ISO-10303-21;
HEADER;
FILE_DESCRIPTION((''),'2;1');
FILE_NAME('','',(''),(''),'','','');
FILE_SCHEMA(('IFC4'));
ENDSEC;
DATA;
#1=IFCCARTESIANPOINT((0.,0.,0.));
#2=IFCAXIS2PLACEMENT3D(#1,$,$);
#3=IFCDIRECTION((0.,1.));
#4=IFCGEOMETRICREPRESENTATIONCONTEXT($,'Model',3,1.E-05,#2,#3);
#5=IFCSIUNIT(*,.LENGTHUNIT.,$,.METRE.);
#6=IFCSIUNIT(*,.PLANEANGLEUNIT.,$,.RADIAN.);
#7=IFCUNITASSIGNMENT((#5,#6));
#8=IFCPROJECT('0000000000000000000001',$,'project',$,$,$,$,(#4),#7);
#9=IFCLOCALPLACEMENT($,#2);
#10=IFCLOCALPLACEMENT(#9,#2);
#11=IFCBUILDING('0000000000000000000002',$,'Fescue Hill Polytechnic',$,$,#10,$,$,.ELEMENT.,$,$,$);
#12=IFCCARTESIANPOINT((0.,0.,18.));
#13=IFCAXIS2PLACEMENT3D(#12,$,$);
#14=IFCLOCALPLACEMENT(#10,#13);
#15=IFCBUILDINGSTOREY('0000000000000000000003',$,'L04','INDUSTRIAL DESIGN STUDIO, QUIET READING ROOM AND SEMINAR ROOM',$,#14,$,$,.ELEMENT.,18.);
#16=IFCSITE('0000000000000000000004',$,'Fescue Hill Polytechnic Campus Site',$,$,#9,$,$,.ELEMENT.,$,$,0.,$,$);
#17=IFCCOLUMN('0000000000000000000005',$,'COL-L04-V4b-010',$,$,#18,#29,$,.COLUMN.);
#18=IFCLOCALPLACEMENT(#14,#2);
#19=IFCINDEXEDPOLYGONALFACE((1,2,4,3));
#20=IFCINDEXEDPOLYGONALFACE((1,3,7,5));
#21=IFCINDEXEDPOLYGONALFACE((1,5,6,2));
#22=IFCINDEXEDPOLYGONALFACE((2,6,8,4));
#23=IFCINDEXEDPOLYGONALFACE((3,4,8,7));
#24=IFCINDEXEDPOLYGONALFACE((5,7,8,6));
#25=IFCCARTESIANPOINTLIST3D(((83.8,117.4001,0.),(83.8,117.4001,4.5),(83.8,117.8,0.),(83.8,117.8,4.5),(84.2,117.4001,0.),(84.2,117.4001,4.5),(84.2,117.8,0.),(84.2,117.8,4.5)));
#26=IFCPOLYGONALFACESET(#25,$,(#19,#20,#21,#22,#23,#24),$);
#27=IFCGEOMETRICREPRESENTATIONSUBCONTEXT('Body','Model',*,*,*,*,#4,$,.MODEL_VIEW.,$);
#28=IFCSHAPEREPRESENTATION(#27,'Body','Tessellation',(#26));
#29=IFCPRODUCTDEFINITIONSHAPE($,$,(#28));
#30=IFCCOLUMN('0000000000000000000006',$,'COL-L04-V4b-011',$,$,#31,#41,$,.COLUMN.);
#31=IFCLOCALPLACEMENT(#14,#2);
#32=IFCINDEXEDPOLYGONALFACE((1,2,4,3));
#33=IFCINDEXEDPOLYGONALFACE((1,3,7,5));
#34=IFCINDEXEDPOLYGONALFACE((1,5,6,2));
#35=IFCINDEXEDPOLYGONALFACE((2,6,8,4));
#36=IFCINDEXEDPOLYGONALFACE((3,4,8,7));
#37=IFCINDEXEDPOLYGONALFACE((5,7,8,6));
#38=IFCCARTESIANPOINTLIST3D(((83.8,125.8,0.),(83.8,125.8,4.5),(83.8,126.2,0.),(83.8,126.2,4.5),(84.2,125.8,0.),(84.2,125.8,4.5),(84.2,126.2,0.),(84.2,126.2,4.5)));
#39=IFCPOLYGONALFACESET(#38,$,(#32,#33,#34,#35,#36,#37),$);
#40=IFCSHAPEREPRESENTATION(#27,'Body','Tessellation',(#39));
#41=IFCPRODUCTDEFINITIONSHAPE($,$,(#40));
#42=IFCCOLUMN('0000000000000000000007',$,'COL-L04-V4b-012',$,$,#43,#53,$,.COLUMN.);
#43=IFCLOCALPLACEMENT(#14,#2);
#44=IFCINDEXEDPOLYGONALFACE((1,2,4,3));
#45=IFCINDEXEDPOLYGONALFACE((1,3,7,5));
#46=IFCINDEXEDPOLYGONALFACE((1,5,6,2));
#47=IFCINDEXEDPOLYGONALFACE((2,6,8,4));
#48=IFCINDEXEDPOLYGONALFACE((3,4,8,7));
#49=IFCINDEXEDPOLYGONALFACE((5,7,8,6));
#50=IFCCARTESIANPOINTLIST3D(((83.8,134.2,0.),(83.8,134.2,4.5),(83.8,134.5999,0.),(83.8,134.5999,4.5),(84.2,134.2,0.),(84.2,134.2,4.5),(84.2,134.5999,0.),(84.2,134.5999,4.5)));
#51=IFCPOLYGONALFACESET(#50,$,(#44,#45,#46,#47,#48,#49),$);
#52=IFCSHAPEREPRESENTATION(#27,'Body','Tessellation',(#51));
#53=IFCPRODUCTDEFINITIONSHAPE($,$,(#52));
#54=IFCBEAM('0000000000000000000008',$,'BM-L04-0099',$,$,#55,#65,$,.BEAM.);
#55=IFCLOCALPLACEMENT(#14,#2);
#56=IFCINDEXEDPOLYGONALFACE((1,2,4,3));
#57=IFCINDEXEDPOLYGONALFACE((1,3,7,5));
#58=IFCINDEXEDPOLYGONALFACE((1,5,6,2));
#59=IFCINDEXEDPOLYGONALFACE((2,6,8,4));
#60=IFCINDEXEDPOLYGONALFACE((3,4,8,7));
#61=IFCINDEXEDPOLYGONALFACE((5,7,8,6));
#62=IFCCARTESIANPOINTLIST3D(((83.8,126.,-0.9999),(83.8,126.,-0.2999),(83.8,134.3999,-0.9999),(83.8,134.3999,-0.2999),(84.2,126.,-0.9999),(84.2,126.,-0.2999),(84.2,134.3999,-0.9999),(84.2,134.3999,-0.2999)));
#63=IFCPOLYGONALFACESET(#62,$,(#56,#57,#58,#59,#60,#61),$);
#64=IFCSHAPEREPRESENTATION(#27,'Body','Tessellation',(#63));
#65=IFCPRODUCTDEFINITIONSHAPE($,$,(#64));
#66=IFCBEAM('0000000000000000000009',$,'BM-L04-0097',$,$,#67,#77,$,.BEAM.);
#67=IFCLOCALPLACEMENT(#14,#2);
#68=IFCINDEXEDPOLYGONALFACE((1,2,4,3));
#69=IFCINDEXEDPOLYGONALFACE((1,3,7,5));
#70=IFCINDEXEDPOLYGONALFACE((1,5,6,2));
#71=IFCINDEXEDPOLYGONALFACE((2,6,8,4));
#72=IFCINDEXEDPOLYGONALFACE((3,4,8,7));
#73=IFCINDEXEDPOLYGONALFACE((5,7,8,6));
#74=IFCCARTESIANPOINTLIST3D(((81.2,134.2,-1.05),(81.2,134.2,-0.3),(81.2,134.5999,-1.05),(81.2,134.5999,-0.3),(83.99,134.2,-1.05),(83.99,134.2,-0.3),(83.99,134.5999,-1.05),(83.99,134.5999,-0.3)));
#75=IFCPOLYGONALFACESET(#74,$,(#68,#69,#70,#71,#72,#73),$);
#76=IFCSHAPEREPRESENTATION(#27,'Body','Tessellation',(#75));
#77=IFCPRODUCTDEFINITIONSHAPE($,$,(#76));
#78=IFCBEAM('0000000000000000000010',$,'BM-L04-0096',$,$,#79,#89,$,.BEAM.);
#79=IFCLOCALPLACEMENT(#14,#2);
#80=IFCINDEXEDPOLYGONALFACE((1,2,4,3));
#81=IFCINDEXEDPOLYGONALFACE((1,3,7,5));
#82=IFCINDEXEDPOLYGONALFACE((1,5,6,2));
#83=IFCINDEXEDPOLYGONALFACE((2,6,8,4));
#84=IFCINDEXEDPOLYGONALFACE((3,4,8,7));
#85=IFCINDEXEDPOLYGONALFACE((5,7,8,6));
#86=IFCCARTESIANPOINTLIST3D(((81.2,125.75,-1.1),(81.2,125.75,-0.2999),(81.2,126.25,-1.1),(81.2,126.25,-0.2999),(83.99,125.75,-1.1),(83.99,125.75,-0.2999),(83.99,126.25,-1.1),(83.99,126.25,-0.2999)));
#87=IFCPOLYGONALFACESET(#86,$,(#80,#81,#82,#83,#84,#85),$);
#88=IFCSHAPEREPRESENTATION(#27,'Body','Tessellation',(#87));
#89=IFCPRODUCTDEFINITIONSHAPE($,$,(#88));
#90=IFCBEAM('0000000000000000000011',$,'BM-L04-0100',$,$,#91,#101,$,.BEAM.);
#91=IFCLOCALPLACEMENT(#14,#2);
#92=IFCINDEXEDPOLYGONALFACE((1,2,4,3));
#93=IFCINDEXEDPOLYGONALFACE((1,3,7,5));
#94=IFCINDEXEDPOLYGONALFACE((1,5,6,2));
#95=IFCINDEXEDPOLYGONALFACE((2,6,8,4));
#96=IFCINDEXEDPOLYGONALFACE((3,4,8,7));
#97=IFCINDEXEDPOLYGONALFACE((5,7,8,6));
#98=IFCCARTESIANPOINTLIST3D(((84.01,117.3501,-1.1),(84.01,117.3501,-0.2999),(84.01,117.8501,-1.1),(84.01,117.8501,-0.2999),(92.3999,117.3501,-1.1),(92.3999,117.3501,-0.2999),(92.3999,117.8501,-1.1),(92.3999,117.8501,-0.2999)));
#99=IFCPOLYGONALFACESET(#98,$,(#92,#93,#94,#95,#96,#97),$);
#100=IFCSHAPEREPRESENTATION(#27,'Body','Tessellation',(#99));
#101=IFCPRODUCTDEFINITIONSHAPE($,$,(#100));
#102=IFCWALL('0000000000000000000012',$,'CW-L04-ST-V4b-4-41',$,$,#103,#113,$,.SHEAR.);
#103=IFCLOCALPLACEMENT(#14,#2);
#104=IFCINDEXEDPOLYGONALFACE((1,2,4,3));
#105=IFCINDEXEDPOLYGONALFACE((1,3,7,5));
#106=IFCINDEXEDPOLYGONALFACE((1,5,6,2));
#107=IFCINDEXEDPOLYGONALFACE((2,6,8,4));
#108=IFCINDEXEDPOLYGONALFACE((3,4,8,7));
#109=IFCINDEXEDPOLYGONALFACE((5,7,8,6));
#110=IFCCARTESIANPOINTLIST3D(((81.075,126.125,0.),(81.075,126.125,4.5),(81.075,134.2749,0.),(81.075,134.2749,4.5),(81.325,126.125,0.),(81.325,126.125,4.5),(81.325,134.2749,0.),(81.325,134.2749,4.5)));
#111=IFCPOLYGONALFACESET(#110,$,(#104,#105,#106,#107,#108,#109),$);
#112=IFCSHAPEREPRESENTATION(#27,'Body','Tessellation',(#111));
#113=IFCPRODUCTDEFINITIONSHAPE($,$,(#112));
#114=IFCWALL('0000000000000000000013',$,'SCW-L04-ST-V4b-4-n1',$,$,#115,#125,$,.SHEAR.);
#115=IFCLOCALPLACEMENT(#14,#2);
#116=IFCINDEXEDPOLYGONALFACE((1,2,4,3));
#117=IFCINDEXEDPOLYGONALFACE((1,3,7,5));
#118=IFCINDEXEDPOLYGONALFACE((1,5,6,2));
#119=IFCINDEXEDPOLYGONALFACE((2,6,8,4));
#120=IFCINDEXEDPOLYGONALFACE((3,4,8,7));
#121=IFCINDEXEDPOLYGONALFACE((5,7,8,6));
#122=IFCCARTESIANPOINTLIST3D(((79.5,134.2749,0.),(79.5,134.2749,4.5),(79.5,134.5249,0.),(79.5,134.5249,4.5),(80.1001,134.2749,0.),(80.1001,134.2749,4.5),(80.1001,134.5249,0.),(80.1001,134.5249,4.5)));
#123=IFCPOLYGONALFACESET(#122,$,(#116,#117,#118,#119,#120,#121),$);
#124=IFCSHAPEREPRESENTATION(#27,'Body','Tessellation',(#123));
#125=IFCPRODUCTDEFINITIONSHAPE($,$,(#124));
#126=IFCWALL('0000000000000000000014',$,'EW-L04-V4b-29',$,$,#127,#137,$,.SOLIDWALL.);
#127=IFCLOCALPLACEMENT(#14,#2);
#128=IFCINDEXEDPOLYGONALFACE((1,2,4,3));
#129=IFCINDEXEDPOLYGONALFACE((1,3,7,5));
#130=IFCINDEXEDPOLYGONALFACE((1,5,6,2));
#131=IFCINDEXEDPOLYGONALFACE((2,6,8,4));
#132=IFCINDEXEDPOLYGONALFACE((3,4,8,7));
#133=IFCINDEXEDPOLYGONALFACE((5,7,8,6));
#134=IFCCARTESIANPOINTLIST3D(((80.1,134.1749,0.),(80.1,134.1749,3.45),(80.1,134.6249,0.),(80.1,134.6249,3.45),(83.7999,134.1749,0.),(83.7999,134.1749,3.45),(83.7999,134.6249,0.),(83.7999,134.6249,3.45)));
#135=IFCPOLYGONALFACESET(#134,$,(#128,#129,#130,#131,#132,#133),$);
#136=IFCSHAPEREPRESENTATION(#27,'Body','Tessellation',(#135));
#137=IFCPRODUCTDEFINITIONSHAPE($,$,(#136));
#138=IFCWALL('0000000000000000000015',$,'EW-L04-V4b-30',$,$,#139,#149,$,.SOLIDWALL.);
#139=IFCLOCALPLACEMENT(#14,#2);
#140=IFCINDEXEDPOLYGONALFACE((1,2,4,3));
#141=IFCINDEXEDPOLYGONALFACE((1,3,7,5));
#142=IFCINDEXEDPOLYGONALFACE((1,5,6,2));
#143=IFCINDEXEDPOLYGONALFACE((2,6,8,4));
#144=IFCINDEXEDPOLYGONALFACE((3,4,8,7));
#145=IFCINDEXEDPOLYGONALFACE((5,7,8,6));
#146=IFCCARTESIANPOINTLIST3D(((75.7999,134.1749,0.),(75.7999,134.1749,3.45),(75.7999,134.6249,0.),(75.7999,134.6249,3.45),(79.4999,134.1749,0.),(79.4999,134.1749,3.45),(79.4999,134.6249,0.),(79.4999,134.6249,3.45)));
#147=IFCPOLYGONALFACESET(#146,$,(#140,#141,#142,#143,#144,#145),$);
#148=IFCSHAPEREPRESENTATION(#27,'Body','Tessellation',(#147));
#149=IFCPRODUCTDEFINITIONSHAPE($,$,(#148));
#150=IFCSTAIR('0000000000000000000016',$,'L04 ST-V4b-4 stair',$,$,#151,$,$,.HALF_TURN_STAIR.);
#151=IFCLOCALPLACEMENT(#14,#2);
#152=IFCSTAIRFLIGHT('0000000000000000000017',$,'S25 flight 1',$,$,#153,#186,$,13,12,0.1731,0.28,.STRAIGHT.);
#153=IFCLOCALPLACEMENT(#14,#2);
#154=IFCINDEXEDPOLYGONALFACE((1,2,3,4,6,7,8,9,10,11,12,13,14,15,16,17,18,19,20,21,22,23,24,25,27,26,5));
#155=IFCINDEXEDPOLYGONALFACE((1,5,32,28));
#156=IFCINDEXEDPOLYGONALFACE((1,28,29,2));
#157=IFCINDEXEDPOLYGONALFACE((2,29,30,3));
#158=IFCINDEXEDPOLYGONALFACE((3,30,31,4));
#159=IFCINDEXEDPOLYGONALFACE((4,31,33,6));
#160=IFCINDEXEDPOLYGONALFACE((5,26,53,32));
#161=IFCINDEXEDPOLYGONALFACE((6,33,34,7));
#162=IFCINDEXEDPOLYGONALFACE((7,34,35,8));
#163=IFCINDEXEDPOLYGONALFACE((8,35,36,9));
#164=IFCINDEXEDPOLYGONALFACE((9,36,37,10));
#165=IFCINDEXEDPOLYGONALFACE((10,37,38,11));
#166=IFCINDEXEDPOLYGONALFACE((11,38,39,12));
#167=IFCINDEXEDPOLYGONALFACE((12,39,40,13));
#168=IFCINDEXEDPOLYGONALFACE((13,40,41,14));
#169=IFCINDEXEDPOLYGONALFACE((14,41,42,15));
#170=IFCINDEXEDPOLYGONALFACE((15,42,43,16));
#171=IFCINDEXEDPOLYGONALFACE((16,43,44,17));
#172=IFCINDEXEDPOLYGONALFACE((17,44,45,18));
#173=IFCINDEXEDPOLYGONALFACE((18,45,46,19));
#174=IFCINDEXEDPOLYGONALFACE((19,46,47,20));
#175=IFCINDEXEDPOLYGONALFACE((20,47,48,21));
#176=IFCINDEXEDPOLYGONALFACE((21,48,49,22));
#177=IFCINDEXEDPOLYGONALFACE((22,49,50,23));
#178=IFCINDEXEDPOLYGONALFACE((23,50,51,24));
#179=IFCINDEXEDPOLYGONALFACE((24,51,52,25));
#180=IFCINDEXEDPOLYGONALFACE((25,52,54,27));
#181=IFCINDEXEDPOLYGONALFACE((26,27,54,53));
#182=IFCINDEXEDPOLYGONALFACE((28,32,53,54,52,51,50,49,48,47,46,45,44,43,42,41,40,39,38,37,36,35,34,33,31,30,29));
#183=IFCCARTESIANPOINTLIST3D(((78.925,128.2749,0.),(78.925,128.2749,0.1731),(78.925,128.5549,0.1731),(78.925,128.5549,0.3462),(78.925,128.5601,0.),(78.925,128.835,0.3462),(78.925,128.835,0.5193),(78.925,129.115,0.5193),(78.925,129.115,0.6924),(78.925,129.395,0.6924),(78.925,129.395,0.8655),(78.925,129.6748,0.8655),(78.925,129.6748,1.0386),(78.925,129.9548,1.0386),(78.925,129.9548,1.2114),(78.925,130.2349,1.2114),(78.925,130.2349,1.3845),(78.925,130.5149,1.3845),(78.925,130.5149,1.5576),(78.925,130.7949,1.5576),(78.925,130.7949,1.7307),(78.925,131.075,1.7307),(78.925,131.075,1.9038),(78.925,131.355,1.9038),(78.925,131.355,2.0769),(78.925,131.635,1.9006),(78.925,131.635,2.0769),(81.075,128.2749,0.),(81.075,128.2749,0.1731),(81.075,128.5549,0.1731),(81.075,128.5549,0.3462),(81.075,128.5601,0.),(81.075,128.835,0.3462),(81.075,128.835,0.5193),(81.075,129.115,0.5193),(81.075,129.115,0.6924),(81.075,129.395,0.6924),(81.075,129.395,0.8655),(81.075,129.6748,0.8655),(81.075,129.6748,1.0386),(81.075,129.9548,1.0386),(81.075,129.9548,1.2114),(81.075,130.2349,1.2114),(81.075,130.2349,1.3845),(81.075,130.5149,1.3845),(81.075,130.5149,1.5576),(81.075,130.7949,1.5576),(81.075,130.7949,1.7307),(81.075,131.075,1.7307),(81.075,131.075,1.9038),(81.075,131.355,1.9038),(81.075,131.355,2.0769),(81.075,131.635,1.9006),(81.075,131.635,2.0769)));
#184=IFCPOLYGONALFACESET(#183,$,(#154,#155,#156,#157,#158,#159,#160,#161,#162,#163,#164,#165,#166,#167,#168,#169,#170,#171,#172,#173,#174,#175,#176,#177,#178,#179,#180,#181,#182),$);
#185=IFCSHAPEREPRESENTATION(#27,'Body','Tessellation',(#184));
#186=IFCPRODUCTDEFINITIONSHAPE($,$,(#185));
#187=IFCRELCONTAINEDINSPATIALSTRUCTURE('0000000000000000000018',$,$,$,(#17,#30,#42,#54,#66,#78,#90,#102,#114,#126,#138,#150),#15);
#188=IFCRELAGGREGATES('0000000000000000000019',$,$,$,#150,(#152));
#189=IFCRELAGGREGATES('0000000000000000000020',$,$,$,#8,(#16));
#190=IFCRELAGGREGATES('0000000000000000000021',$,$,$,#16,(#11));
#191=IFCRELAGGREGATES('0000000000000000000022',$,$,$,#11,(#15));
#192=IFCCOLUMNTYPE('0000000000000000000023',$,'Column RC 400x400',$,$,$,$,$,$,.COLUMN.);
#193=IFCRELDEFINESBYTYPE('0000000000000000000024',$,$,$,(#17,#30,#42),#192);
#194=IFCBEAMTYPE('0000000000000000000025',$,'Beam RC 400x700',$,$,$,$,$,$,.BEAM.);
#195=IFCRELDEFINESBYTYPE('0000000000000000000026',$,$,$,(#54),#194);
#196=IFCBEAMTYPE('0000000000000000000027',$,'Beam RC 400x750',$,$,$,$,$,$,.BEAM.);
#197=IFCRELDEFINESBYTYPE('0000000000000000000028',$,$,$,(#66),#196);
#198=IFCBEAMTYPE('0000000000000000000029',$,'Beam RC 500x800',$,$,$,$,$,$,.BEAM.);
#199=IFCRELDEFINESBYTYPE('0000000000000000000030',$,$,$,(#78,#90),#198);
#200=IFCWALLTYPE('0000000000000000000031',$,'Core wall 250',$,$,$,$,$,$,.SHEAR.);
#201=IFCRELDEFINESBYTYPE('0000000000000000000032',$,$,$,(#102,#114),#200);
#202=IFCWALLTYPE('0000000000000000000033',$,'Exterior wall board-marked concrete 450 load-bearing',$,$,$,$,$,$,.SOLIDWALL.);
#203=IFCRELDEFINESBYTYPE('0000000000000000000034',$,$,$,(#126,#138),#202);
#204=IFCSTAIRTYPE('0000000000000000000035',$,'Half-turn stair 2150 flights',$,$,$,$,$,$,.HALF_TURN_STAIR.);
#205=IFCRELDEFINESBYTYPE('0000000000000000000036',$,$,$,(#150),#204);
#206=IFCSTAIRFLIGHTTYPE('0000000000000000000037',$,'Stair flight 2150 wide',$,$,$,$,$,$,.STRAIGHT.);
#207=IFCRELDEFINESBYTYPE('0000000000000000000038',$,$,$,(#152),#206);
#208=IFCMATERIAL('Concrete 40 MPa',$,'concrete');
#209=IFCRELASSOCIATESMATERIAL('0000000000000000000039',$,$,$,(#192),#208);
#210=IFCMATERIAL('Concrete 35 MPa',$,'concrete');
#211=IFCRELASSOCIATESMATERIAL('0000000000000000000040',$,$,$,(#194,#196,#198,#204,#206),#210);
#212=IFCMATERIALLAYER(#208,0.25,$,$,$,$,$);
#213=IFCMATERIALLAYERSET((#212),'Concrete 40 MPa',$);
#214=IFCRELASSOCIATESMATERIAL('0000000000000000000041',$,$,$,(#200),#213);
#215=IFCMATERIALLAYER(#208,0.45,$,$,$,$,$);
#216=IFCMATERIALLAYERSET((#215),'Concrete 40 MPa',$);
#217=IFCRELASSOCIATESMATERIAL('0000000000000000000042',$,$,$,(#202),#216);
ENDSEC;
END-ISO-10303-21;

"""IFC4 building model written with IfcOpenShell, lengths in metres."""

from ifc_helpers import new_model, si_unit, direction, frame, frame_2d, origin, origin_2d, place, context, subcontext, project, spatial, polyline, rectangle, outline, extrude, material, layer, layer_set, material_profile, profile_set, type_object, element, aggregate, save


model = new_model("IFC4")

# Units and contexts
model_context = context("Model", 3, precision=1e-05, world=origin(), true_north=direction((0.0, 1.0)))
body_context = subcontext(model_context, "Body", "Model", "MODEL_VIEW")
ifc_project = project(units=[si_unit("LENGTHUNIT", "METRE"), si_unit("PLANEANGLEUNIT", "RADIAN")], contexts=[model_context])

# Site, building, storey
site_placement = place(None, origin())
site = spatial("IfcSite", under=ifc_project, at=site_placement, Name="Fescue Hill Polytechnic Campus Site", CompositionType="ELEMENT", RefElevation=0.0)
building_placement = place(site_placement, origin())
building = spatial("IfcBuilding", under=site, at=building_placement, Name="Fescue Hill Polytechnic", CompositionType="ELEMENT")
storey_placement = place(building_placement, frame((0.0, 0.0, 18.0)))
storey = spatial("IfcBuildingStorey", under=building, at=storey_placement, Name="L04", Description="INDUSTRIAL DESIGN STUDIO, QUIET READING ROOM AND SEMINAR ROOM", CompositionType="ELEMENT", Elevation=18.0)

# Columns
ifc_material_1 = material(Name="Concrete 40 MPa", Category="concrete")
ifc_material_profile_1 = material_profile(ifc_material_1, rectangle(XDim=0.3999, YDim=0.3999, at=origin_2d()), Name="RC 400x400")
ifc_profile_set_1 = profile_set([ifc_material_profile_1], Name="Concrete 40 MPa")
column_type = type_object("IfcColumnType", Name="Column RC 400x400", PredefinedType="COLUMN", material=ifc_profile_set_1)
for number, where, z_axis, x_axis, name in (
    (1, (84.0, 117.6001, 0.0), (0.0, 0.0, 1.0), (1.0, 0.0, 0.0), "COL-L04-V4b-010"),
    (2, (84.0, 126.0, 0.0), (0.0, 0.0, 1.0), (1.0, 0.0, 0.0), "COL-L04-V4b-011"),
    (3, (84.0, 134.3999, 0.0), (0.0, 0.0, 1.0), (1.0, 0.0, 0.0), "COL-L04-V4b-012"),
):
    element("IfcColumn", number, at=place(storey_placement, frame(where, z_axis=z_axis, x_axis=x_axis)), inside=storey, type_object=column_type, Name=name, PredefinedType="COLUMN", context=body_context, shape_type="SweptSolid", body=[
        extrude(rectangle(XDim=0.3999, YDim=0.3999, at=origin_2d()), origin(), (0.0, 0.0, 1.0), 4.5),
    ])

# Beams
ifc_material_2 = material(Name="Concrete 35 MPa", Category="concrete")
ifc_material_profile_2 = material_profile(ifc_material_2, rectangle(XDim=0.3999, YDim=0.7, at=origin_2d()), Name="RC 400x700")
ifc_profile_set_2 = profile_set([ifc_material_profile_2], Name="Concrete 35 MPa")
beam_type_1 = type_object("IfcBeamType", Name="Beam RC 400x700", PredefinedType="BEAM", material=ifc_profile_set_2)
beam_1_placement = place(storey_placement, frame((84.0, 126.0, -0.6499), z_axis=(0.0, 1.0, 0.0), x_axis=(-1.0, 0.0, 0.0)))
element("IfcBeam", 4, at=beam_1_placement, inside=storey, type_object=beam_type_1, Name="BM-L04-0099", PredefinedType="BEAM", context=body_context, shape_type="SweptSolid", body=[
    extrude(rectangle(XDim=0.3999, YDim=0.7, at=origin_2d()), origin(), (0.0, 0.0, 1.0), 8.3999),
])
ifc_material_profile_3 = material_profile(ifc_material_2, rectangle(XDim=0.3999, YDim=0.75, at=origin_2d()), Name="RC 400x750")
ifc_profile_set_3 = profile_set([ifc_material_profile_3], Name="Concrete 35 MPa")
beam_type_2 = type_object("IfcBeamType", Name="Beam RC 400x750", PredefinedType="BEAM", material=ifc_profile_set_3)
beam_2_placement = place(storey_placement, frame((81.2, 134.3999, -0.675), z_axis=(1.0, 0.0, 0.0), x_axis=(0.0, 1.0, 0.0)))
element("IfcBeam", 5, at=beam_2_placement, inside=storey, type_object=beam_type_2, Name="BM-L04-0097", PredefinedType="BEAM", context=body_context, shape_type="SweptSolid", body=[
    extrude(rectangle(XDim=0.3999, YDim=0.75, at=origin_2d()), origin(), (0.0, 0.0, 1.0), 2.79),
])
ifc_material_profile_4 = material_profile(ifc_material_2, rectangle(XDim=0.5, YDim=0.8, at=origin_2d()), Name="RC 500x800")
ifc_profile_set_4 = profile_set([ifc_material_profile_4], Name="Concrete 35 MPa")
beam_type_3 = type_object("IfcBeamType", Name="Beam RC 500x800", PredefinedType="BEAM", material=ifc_profile_set_4)
beam_3_placement = place(storey_placement, frame((81.2, 126.0, -0.7), z_axis=(1.0, 0.0, 0.0), x_axis=(0.0, 1.0, 0.0)))
element("IfcBeam", 6, at=beam_3_placement, inside=storey, type_object=beam_type_3, Name="BM-L04-0096", PredefinedType="BEAM", context=body_context, shape_type="SweptSolid", body=[
    extrude(rectangle(XDim=0.5, YDim=0.8, at=origin_2d()), origin(), (0.0, 0.0, 1.0), 2.79),
])
beam_4_placement = place(storey_placement, frame((84.01, 117.6001, -0.7), z_axis=(1.0, 0.0, 0.0), x_axis=(0.0, 1.0, 0.0)))
element("IfcBeam", 7, at=beam_4_placement, inside=storey, type_object=beam_type_3, Name="BM-L04-0100", PredefinedType="BEAM", context=body_context, shape_type="SweptSolid", body=[
    extrude(rectangle(XDim=0.5, YDim=0.8, at=origin_2d()), origin(), (0.0, 0.0, 1.0), 8.3899),
])

# Walls
ifc_layer_1 = layer(ifc_material_1, 0.25)
ifc_layer_set_1 = layer_set([ifc_layer_1], Name="Concrete 40 MPa")
wall_type_1 = type_object("IfcWallType", Name="Core wall 250", PredefinedType="SHEAR", material=ifc_layer_set_1)
wall_1_placement = place(storey_placement, frame((81.2, 126.125, 0.0), z_axis=(0.0, 0.0, 1.0), x_axis=(0.0, 1.0, 0.0)))
element("IfcWall", 8, at=wall_1_placement, inside=storey, type_object=wall_type_1, Name="CW-L04-ST-V4b-4-41", PredefinedType="SHEAR", context=body_context, shape_type="SweptSolid", body=[
    extrude(rectangle(XDim=8.1499, YDim=0.25, at=frame_2d((4.075, 0.0))), origin(), (0.0, 0.0, 1.0), 4.5),
])
wall_2_placement = place(storey_placement, frame((79.5, 134.3999, 0.0), z_axis=(0.0, 0.0, 1.0), x_axis=(1.0, 0.0, 0.0)))
element("IfcWall", 9, at=wall_2_placement, inside=storey, type_object=wall_type_1, Name="SCW-L04-ST-V4b-4-n1", PredefinedType="SHEAR", context=body_context, shape_type="SweptSolid", body=[
    extrude(rectangle(XDim=0.6001, YDim=0.25, at=frame_2d((0.3, 0.0))), origin(), (0.0, 0.0, 1.0), 4.5),
])
ifc_layer_2 = layer(ifc_material_1, 0.45)
ifc_layer_set_2 = layer_set([ifc_layer_2], Name="Concrete 40 MPa")
wall_type_2 = type_object("IfcWallType", Name="Exterior wall board-marked concrete 450 load-bearing", PredefinedType="SOLIDWALL", material=ifc_layer_set_2)
for number, where, z_axis, x_axis, name in (
    (10, (83.8, 134.3999, 0.0), (0.0, 0.0, 1.0), (-1.0, 0.0, 0.0), "EW-L04-V4b-29"),
    (11, (79.5, 134.3999, 0.0), (0.0, 0.0, 1.0), (-1.0, 0.0, 0.0), "EW-L04-V4b-30"),
):
    element("IfcWall", number, at=place(storey_placement, frame(where, z_axis=z_axis, x_axis=x_axis)), inside=storey, type_object=wall_type_2, Name=name, PredefinedType="SOLIDWALL", context=body_context, shape_type="SweptSolid", body=[
        extrude(rectangle(XDim=3.7, YDim=0.45, at=frame_2d((1.8501, 0.0))), origin(), (0.0, 0.0, 1.0), 3.45),
    ])

# Stair, stair flight
stair_type = type_object("IfcStairType", Name="Half-turn stair 2150 flights", PredefinedType="HALF_TURN_STAIR", material=ifc_material_2)
stair_placement = place(storey_placement, origin())
stair = element("IfcStair", 12, at=stair_placement, inside=storey, type_object=stair_type, Name="L04 ST-V4b-4 stair", PredefinedType="HALF_TURN_STAIR")
stair_flight_type = type_object("IfcStairFlightType", Name="Stair flight 2150 wide", PredefinedType="STRAIGHT", material=ifc_material_2)
stair_flight_placement = place(storey_placement, frame((80.0, 128.2749, 0.0), z_axis=(0.0, 0.0, 1.0), x_axis=(0.0, 1.0, 0.0)))
stair_flight = element("IfcStairFlight", 13, at=stair_flight_placement, type_object=stair_flight_type, Name="S25 flight 1", NumberOfRisers=13, NumberOfTreads=12, PredefinedType="STRAIGHT", RiserHeight=0.1731, TreadLength=0.28, context=body_context, shape_type="SweptSolid", body=[
    extrude(outline(polyline([(0.0, 0.0), (0.0, 0.1731), (0.28, 0.1731), (0.28, 0.3462), (0.5601, 0.3462), (0.5601, 0.5193), (0.8401, 0.5193), (0.8401, 0.6924), (1.1201, 0.6924), (1.1201, 0.8655), (1.3999, 0.8655), (1.3999, 1.0386), (1.6799, 1.0386), (1.6799, 1.2114), (1.96, 1.2114), (1.96, 1.3845), (2.24, 1.3845), (2.24, 1.5576), (2.52, 1.5576), (2.52, 1.7307), (2.8, 1.7307), (2.8, 1.9038), (3.0801, 1.9038), (3.0801, 2.0769), (3.3601, 2.0769), (3.3601, 2.25), (3.3601, 1.9006), (0.2852, 0.0), (0.0, 0.0)])), frame((0.0, 1.075, 0.0), z_axis=(0.0, -1.0, 0.0), x_axis=(1.0, 0.0, 0.0)), (0.0, 0.0, 1.0), 2.1499),
])
aggregate(stair, [stair_flight])

save(model, "model.ifc")
